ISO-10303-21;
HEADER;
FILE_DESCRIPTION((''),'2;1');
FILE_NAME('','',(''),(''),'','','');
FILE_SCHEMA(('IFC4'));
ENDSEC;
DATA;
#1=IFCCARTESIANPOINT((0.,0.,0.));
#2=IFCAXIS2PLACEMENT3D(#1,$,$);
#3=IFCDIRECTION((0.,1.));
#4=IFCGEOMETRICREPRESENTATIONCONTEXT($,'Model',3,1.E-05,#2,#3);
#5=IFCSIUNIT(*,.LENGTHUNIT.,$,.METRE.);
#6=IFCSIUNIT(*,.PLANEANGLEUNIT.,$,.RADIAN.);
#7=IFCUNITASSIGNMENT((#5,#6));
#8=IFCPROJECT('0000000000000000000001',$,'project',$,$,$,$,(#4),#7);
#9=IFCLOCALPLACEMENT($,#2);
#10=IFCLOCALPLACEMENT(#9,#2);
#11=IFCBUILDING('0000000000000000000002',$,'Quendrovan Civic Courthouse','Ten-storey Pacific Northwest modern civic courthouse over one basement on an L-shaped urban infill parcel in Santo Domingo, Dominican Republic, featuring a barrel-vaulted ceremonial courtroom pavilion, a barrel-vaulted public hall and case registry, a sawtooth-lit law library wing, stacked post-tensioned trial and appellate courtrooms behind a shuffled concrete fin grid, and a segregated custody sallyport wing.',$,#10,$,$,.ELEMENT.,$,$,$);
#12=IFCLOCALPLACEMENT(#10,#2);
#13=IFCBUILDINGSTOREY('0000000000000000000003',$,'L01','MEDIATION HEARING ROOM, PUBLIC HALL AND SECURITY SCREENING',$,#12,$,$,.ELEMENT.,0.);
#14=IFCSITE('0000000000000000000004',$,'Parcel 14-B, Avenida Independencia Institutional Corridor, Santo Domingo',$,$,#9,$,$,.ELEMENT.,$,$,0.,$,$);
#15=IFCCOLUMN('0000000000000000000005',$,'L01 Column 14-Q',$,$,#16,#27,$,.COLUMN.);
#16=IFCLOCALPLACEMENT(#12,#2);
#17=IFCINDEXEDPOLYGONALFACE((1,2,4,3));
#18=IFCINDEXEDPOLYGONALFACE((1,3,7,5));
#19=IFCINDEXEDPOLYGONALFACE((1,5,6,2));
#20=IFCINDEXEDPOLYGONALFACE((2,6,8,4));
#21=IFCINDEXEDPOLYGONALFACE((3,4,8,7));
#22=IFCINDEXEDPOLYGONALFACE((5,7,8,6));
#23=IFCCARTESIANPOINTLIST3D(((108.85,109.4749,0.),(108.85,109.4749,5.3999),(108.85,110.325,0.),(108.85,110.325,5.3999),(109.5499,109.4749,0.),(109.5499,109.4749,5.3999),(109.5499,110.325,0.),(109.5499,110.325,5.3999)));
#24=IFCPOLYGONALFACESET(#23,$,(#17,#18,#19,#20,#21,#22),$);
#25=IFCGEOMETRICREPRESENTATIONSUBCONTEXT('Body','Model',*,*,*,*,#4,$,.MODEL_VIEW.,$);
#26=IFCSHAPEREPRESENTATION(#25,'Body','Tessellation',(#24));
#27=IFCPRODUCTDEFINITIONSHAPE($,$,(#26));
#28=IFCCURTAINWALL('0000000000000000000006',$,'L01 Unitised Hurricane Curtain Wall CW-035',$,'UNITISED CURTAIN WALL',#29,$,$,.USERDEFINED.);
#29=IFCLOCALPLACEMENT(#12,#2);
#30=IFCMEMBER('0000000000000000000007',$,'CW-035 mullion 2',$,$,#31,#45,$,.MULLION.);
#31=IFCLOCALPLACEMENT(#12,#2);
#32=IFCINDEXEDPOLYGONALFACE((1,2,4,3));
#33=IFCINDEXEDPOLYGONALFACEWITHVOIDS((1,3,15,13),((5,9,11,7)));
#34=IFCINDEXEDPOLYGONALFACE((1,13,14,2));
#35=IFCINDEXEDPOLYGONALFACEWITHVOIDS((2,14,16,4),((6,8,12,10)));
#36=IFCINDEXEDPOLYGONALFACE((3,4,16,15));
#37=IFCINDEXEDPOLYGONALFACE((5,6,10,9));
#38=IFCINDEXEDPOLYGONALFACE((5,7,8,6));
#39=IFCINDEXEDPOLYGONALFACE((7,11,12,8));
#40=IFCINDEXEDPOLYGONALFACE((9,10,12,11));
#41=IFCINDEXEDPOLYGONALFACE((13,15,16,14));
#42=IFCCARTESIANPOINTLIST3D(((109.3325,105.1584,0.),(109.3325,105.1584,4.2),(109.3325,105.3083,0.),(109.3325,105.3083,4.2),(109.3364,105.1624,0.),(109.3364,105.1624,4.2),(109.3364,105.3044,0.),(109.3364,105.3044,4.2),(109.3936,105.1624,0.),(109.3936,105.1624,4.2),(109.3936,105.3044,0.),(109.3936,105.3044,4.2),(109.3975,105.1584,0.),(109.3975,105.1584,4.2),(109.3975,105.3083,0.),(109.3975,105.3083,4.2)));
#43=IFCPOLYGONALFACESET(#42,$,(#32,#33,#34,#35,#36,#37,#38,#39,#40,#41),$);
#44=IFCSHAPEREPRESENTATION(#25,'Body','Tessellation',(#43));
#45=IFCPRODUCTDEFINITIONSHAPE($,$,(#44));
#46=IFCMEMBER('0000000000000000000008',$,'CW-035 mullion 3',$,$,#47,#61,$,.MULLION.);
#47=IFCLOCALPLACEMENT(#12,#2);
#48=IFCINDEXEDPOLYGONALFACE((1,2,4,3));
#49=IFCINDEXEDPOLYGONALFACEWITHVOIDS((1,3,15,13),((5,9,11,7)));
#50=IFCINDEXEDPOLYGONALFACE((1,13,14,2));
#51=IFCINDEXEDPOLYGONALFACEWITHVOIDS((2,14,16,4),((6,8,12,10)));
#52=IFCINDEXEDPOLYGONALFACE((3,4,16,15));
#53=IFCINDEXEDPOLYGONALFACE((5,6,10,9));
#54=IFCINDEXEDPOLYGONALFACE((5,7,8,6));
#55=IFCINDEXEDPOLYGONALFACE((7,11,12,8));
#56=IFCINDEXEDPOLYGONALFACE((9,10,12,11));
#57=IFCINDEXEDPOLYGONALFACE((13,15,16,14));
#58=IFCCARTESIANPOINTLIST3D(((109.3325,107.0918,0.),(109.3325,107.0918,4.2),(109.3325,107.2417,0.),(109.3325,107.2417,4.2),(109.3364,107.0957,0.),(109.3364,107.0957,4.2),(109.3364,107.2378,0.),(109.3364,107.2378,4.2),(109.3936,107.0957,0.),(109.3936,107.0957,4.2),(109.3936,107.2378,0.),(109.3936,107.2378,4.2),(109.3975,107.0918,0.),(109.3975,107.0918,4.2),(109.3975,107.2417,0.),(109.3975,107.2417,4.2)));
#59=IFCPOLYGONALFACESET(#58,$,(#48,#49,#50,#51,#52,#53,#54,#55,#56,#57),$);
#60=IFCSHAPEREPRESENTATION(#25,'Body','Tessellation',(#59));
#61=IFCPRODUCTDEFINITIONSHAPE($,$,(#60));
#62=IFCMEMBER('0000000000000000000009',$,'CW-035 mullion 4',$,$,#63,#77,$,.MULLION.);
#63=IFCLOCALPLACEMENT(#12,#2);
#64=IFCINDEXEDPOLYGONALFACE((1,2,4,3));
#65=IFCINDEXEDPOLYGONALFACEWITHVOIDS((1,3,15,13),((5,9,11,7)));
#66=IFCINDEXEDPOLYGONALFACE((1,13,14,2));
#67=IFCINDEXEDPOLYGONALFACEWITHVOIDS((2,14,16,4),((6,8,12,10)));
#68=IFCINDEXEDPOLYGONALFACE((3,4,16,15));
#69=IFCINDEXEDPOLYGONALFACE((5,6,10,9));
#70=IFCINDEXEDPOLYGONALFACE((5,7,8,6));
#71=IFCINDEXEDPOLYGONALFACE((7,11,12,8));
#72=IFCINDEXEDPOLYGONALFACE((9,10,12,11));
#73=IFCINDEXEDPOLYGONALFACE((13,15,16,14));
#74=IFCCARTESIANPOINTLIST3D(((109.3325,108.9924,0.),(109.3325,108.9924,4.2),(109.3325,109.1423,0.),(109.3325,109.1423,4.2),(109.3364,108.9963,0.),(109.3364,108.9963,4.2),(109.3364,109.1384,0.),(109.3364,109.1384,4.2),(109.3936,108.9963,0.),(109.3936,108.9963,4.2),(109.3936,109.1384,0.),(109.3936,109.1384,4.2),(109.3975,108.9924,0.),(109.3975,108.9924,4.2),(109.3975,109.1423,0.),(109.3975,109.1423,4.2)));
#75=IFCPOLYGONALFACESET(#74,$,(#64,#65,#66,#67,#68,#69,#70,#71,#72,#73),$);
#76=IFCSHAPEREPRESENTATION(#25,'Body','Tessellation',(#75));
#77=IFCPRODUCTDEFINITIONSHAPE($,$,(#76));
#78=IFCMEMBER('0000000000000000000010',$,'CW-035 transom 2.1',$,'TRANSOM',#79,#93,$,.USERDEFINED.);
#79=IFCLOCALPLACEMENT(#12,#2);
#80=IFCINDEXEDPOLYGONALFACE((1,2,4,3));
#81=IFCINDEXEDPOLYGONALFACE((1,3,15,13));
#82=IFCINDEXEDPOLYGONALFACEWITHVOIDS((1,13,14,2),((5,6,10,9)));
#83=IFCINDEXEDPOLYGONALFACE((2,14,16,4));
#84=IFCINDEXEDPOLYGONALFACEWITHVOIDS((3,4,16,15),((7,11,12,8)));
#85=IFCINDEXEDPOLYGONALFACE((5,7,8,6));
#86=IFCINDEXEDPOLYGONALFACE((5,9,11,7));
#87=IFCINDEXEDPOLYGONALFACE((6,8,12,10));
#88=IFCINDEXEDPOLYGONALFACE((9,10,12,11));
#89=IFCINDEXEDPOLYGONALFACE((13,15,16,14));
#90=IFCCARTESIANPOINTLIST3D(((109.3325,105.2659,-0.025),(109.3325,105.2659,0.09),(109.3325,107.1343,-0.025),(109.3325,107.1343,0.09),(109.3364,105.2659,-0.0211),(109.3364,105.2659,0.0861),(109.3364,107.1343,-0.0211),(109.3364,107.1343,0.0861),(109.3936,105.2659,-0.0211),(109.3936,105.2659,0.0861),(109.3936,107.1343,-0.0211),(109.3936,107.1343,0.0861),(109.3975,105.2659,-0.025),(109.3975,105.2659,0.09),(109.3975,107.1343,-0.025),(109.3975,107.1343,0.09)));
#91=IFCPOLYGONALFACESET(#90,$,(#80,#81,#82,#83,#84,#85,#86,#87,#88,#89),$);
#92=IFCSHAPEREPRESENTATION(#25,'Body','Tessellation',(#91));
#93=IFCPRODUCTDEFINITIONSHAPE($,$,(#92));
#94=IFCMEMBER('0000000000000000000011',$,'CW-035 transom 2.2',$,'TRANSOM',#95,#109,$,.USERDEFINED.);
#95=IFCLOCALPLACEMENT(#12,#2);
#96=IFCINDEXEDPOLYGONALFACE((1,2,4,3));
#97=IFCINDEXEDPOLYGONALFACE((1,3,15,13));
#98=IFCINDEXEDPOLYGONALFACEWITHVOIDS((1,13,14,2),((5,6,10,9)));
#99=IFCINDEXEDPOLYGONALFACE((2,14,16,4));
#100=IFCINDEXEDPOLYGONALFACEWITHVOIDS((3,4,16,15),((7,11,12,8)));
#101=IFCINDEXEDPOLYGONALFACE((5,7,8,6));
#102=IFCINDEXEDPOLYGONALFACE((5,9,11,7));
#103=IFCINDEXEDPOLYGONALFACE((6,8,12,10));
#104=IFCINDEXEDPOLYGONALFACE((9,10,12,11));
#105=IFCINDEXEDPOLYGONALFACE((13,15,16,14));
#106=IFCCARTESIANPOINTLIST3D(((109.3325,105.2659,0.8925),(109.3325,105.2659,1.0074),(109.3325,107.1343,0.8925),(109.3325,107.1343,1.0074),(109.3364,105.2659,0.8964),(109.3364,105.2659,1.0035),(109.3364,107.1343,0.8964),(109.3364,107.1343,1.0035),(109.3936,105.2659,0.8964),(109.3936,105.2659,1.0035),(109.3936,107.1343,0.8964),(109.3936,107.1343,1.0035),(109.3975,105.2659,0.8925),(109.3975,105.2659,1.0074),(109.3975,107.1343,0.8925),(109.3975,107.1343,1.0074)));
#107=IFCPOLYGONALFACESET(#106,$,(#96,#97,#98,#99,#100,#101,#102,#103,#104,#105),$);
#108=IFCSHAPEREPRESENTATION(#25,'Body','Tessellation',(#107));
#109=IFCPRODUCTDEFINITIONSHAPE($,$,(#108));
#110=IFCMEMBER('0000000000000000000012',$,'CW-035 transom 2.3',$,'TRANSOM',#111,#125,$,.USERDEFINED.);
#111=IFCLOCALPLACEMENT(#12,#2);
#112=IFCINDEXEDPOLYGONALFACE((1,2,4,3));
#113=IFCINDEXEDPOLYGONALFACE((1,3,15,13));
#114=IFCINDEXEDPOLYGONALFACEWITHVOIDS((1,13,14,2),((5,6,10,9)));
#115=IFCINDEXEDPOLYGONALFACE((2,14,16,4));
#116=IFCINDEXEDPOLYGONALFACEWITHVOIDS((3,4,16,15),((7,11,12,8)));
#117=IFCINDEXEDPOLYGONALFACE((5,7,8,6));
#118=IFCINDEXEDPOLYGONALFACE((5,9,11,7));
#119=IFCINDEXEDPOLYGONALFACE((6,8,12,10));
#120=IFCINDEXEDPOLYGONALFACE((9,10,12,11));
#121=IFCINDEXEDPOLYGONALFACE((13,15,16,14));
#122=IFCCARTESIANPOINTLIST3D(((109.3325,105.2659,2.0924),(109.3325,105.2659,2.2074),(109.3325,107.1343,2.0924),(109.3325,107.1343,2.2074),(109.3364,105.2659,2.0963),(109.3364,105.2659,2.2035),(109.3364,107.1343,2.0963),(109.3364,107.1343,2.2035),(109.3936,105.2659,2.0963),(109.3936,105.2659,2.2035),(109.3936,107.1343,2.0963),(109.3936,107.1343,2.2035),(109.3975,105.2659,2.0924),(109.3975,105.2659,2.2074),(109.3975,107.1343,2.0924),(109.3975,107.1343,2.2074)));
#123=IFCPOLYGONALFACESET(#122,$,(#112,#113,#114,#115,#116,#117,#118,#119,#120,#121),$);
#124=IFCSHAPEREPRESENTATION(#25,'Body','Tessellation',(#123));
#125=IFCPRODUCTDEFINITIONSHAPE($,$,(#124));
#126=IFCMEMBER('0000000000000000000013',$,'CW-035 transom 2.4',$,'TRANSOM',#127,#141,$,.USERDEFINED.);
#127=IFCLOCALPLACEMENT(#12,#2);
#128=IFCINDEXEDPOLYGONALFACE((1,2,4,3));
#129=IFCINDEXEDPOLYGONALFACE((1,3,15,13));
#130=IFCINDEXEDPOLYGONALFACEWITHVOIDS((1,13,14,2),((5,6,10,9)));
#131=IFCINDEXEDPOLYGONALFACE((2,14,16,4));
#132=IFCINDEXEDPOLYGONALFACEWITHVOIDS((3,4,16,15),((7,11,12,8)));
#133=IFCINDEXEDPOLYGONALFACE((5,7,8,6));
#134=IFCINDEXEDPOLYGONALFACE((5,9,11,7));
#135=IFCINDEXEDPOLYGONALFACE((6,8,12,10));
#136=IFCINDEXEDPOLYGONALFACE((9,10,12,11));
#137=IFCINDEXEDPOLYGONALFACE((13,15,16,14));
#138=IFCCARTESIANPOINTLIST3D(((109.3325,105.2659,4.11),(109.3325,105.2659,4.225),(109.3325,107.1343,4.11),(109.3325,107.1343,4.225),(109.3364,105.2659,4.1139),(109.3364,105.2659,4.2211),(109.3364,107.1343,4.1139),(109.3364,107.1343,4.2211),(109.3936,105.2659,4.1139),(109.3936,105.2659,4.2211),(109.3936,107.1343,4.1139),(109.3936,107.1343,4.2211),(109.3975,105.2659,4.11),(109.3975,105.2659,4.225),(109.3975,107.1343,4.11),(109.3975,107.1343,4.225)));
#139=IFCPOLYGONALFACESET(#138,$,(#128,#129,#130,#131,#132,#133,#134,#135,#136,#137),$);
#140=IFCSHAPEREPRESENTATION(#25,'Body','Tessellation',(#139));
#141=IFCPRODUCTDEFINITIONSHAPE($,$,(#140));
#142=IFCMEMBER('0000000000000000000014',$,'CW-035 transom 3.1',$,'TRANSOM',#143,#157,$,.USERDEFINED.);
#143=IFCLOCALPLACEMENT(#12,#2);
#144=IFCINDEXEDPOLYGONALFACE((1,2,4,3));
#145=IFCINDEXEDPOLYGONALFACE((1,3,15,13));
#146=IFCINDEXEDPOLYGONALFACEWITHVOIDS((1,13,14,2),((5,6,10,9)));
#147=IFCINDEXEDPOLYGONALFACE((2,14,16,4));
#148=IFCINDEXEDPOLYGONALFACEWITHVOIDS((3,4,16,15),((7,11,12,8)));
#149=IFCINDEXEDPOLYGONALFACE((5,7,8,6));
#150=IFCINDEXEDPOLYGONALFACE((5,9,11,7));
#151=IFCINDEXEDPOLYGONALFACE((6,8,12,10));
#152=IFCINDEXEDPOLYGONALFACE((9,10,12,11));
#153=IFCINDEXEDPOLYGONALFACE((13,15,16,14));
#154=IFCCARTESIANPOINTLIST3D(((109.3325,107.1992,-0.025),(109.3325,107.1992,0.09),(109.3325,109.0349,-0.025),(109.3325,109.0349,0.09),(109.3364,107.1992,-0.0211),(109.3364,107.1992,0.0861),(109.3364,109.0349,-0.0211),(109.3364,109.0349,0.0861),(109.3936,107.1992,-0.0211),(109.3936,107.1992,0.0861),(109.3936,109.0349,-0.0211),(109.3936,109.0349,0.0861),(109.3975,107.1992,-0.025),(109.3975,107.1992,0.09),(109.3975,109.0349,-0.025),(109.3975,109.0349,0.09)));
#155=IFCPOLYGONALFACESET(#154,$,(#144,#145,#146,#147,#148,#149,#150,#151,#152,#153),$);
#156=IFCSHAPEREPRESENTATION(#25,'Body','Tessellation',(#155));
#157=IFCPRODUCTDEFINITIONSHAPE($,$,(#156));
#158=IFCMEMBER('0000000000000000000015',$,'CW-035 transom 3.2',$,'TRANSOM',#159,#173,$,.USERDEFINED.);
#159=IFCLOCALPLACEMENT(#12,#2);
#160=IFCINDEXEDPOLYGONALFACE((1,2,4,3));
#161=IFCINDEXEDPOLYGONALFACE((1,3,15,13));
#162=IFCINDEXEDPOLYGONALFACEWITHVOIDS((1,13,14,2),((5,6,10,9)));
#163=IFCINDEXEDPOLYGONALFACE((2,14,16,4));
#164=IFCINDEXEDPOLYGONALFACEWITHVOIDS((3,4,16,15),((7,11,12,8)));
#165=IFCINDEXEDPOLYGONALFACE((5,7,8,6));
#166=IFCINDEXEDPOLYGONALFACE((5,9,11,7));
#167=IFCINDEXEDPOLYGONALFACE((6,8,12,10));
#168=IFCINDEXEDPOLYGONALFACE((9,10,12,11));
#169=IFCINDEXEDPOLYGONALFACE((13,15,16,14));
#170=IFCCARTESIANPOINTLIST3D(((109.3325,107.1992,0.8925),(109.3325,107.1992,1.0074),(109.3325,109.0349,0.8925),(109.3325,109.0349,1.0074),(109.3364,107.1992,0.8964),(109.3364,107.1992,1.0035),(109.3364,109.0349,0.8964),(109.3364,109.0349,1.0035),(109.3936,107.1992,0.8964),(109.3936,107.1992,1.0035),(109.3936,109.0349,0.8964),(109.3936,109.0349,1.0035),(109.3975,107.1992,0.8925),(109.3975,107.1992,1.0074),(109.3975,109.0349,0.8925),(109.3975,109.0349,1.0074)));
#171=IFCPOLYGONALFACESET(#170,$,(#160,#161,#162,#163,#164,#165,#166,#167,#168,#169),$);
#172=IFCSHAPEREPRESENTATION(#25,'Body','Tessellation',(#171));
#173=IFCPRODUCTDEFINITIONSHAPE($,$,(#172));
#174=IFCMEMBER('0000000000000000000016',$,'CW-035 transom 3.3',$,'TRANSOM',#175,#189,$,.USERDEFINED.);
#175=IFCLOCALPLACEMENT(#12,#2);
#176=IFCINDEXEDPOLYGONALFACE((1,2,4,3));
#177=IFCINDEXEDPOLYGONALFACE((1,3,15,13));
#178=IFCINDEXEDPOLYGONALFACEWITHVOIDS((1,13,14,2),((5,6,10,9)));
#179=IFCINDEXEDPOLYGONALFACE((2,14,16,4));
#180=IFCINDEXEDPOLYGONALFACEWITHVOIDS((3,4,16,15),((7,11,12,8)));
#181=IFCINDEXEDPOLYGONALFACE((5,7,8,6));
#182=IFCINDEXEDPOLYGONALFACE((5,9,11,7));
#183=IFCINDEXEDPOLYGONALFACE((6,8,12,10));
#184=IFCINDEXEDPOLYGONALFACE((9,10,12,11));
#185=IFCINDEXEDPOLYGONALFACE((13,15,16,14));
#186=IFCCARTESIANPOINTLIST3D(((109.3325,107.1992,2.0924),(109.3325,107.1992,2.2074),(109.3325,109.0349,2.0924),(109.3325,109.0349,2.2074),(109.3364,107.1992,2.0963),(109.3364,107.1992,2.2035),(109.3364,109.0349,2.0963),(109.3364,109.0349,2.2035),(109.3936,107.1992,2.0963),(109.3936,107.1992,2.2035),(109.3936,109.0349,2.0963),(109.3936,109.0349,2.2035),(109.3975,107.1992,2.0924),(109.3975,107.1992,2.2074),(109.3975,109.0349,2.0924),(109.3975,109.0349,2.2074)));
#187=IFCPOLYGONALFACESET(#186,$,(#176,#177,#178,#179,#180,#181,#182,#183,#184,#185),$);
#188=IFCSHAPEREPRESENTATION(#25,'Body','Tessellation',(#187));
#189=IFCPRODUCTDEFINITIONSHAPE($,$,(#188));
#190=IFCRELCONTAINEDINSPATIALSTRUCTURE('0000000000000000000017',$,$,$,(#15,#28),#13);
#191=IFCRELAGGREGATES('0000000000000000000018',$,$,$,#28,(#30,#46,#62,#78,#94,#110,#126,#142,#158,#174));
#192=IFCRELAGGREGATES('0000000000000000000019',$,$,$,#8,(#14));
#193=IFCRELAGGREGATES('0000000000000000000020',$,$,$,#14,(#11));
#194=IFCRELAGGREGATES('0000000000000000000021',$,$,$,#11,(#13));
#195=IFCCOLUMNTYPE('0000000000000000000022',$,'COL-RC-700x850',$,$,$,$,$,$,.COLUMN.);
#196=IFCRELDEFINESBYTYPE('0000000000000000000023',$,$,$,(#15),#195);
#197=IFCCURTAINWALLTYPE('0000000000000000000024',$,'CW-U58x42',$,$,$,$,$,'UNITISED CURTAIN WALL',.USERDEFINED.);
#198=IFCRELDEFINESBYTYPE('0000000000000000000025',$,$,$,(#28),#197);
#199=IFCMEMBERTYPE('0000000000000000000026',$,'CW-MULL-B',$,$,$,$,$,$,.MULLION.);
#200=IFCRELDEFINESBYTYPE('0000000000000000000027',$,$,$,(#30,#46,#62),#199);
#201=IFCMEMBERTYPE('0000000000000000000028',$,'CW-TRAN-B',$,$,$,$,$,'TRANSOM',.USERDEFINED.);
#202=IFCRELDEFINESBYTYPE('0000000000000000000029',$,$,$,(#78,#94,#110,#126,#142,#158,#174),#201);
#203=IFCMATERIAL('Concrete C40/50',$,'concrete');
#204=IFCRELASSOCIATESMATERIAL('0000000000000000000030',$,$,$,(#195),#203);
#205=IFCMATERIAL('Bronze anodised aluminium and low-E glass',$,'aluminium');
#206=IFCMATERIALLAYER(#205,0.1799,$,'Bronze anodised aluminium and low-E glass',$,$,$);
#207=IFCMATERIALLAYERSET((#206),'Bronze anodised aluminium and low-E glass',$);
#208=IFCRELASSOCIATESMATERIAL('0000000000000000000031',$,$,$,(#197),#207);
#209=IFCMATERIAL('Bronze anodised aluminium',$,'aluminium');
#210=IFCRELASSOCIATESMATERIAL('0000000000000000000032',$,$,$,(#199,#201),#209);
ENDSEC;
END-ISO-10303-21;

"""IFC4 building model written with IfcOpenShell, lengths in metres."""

from ifc_helpers import new_model, si_unit, direction, frame, origin, origin_2d, place, context, subcontext, project, spatial, rectangle, hollow_rectangle, extrude, material, layer, layer_set, material_profile, profile_set, type_object, element, aggregate, save


model = new_model("IFC4")

# Units and contexts
model_context = context("Model", 3, precision=1e-05, world=origin(), true_north=direction((0.0, 1.0)))
body_context = subcontext(model_context, "Body", "Model", "MODEL_VIEW")
ifc_project = project(units=[si_unit("LENGTHUNIT", "METRE"), si_unit("PLANEANGLEUNIT", "RADIAN")], contexts=[model_context])

# Site, building, storey
site_placement = place(None, origin())
site = spatial("IfcSite", under=ifc_project, at=site_placement, Name="Parcel 14-B, Avenida Independencia Institutional Corridor, Santo Domingo", CompositionType="ELEMENT", RefElevation=0.0)
building_placement = place(site_placement, origin())
building = spatial("IfcBuilding", under=site, at=building_placement, Name="Quendrovan Civic Courthouse", Description="Ten-storey Pacific Northwest modern civic courthouse over one basement on an L-shaped urban infill parcel in Santo Domingo, Dominican Republic, featuring a barrel-vaulted ceremonial courtroom pavilion, a barrel-vaulted public hall and case registry, a sawtooth-lit law library wing, stacked post-tensioned trial and appellate courtrooms behind a shuffled concrete fin grid, and a segregated custody sallyport wing.", CompositionType="ELEMENT")
storey_placement = place(building_placement, origin())
storey = spatial("IfcBuildingStorey", under=building, at=storey_placement, Name="L01", Description="MEDIATION HEARING ROOM, PUBLIC HALL AND SECURITY SCREENING", CompositionType="ELEMENT", Elevation=0.0)

# Column
ifc_material_1 = material(Name="Concrete C40/50", Category="concrete")
ifc_material_profile_1 = material_profile(ifc_material_1, rectangle(XDim=0.7, YDim=0.8501, at=origin_2d()), Name="RC-COL-700x850")
ifc_profile_set_1 = profile_set([ifc_material_profile_1], Name="Concrete C40/50")
column_type = type_object("IfcColumnType", Name="COL-RC-700x850", PredefinedType="COLUMN", material=ifc_profile_set_1)
column_placement = place(storey_placement, frame((109.2, 109.8999, 0.0), z_axis=(0.0, 0.0, 1.0), x_axis=(1.0, 0.0, 0.0)))
element("IfcColumn", 1, at=column_placement, inside=storey, type_object=column_type, Name="L01 Column 14-Q", PredefinedType="COLUMN", context=body_context, shape_type="SweptSolid", body=[
    extrude(rectangle(XDim=0.7, YDim=0.8501, at=origin_2d()), origin(), (0.0, 0.0, 1.0), 5.3999),
])

# Curtain wall, members
ifc_material_2 = material(Name="Bronze anodised aluminium and low-E glass", Category="aluminium")
ifc_layer_1 = layer(ifc_material_2, 0.1799, Name="Bronze anodised aluminium and low-E glass")
ifc_layer_set_1 = layer_set([ifc_layer_1], Name="Bronze anodised aluminium and low-E glass")
curtain_wall_type = type_object("IfcCurtainWallType", Name="CW-U58x42", ElementType="UNITISED CURTAIN WALL", PredefinedType="USERDEFINED", material=ifc_layer_set_1)
curtain_wall_placement = place(storey_placement, origin())
curtain_wall = element("IfcCurtainWall", 2, at=curtain_wall_placement, inside=storey, type_object=curtain_wall_type, Name="L01 Unitised Hurricane Curtain Wall CW-035", ObjectType="UNITISED CURTAIN WALL", PredefinedType="USERDEFINED")
ifc_material_3 = material(Name="Bronze anodised aluminium", Category="aluminium")
ifc_material_profile_2 = material_profile(ifc_material_3, hollow_rectangle(XDim=0.0649, YDim=0.1499, WallThickness=0.0039, at=origin_2d()), Name="CW-MULL-65x150")
ifc_profile_set_2 = profile_set([ifc_material_profile_2], Name="Bronze anodised aluminium")
member_type_1 = type_object("IfcMemberType", Name="CW-MULL-B", PredefinedType="MULLION", material=ifc_profile_set_2)
member_1_placement = place(storey_placement, frame((109.365, 105.2334, 0.0), z_axis=(0.0, 0.0, 1.0), x_axis=(-1.0, 0.0, 0.0)))
member_1 = element("IfcMember", 3, at=member_1_placement, type_object=member_type_1, Name="CW-035 mullion 2", PredefinedType="MULLION", context=body_context, shape_type="SweptSolid", body=[
    extrude(hollow_rectangle(XDim=0.0649, YDim=0.1499, WallThickness=0.0039, at=origin_2d()), origin(), (0.0, 0.0, 1.0), 4.2),
])
member_2_placement = place(storey_placement, frame((109.365, 107.1667, 0.0), z_axis=(0.0, 0.0, 1.0), x_axis=(-1.0, 0.0, 0.0)))
member_2 = element("IfcMember", 4, at=member_2_placement, type_object=member_type_1, Name="CW-035 mullion 3", PredefinedType="MULLION", context=body_context, shape_type="SweptSolid", body=[
    extrude(hollow_rectangle(XDim=0.0649, YDim=0.1499, WallThickness=0.0039, at=origin_2d()), origin(), (0.0, 0.0, 1.0), 4.2),
])
member_3_placement = place(storey_placement, frame((109.365, 109.0674, 0.0), z_axis=(0.0, 0.0, 1.0), x_axis=(-1.0, 0.0, 0.0)))
member_3 = element("IfcMember", 5, at=member_3_placement, type_object=member_type_1, Name="CW-035 mullion 4", PredefinedType="MULLION", context=body_context, shape_type="SweptSolid", body=[
    extrude(hollow_rectangle(XDim=0.0649, YDim=0.1499, WallThickness=0.0039, at=origin_2d()), origin(), (0.0, 0.0, 1.0), 4.2),
])
ifc_material_profile_3 = material_profile(ifc_material_3, hollow_rectangle(XDim=0.0649, YDim=0.115, WallThickness=0.0039, at=origin_2d()), Name="CW-TRAN-65x115")
ifc_profile_set_3 = profile_set([ifc_material_profile_3], Name="Bronze anodised aluminium")
member_type_2 = type_object("IfcMemberType", Name="CW-TRAN-B", ElementType="TRANSOM", PredefinedType="USERDEFINED", material=ifc_profile_set_3)
member_4_placement = place(storey_placement, frame((109.365, 105.2659, 0.0325), z_axis=(0.0, 1.0, 0.0), x_axis=(-1.0, 0.0, 0.0)))
member_4 = element("IfcMember", 6, at=member_4_placement, type_object=member_type_2, Name="CW-035 transom 2.1", ObjectType="TRANSOM", PredefinedType="USERDEFINED", context=body_context, shape_type="SweptSolid", body=[
    extrude(hollow_rectangle(XDim=0.0649, YDim=0.115, WallThickness=0.0039, at=origin_2d()), origin(), (0.0, 0.0, 1.0), 1.8684),
])
member_5_placement = place(storey_placement, frame((109.365, 105.2659, 0.95), z_axis=(0.0, 1.0, 0.0), x_axis=(-1.0, 0.0, 0.0)))
member_5 = element("IfcMember", 7, at=member_5_placement, type_object=member_type_2, Name="CW-035 transom 2.2", ObjectType="TRANSOM", PredefinedType="USERDEFINED", context=body_context, shape_type="SweptSolid", body=[
    extrude(hollow_rectangle(XDim=0.0649, YDim=0.115, WallThickness=0.0039, at=origin_2d()), origin(), (0.0, 0.0, 1.0), 1.8684),
])
member_6_placement = place(storey_placement, frame((109.365, 105.2659, 2.1499), z_axis=(0.0, 1.0, 0.0), x_axis=(-1.0, 0.0, 0.0)))
member_6 = element("IfcMember", 8, at=member_6_placement, type_object=member_type_2, Name="CW-035 transom 2.3", ObjectType="TRANSOM", PredefinedType="USERDEFINED", context=body_context, shape_type="SweptSolid", body=[
    extrude(hollow_rectangle(XDim=0.0649, YDim=0.115, WallThickness=0.0039, at=origin_2d()), origin(), (0.0, 0.0, 1.0), 1.8684),
])
member_7_placement = place(storey_placement, frame((109.365, 105.2659, 4.1675), z_axis=(0.0, 1.0, 0.0), x_axis=(-1.0, 0.0, 0.0)))
member_7 = element("IfcMember", 9, at=member_7_placement, type_object=member_type_2, Name="CW-035 transom 2.4", ObjectType="TRANSOM", PredefinedType="USERDEFINED", context=body_context, shape_type="SweptSolid", body=[
    extrude(hollow_rectangle(XDim=0.0649, YDim=0.115, WallThickness=0.0039, at=origin_2d()), origin(), (0.0, 0.0, 1.0), 1.8684),
])
member_8_placement = place(storey_placement, frame((109.365, 107.1992, 0.0325), z_axis=(0.0, 1.0, 0.0), x_axis=(-1.0, 0.0, 0.0)))
member_8 = element("IfcMember", 10, at=member_8_placement, type_object=member_type_2, Name="CW-035 transom 3.1", ObjectType="TRANSOM", PredefinedType="USERDEFINED", context=body_context, shape_type="SweptSolid", body=[
    extrude(hollow_rectangle(XDim=0.0649, YDim=0.115, WallThickness=0.0039, at=origin_2d()), origin(), (0.0, 0.0, 1.0), 1.8357),
])
member_9_placement = place(storey_placement, frame((109.365, 107.1992, 0.95), z_axis=(0.0, 1.0, 0.0), x_axis=(-1.0, 0.0, 0.0)))
member_9 = element("IfcMember", 11, at=member_9_placement, type_object=member_type_2, Name="CW-035 transom 3.2", ObjectType="TRANSOM", PredefinedType="USERDEFINED", context=body_context, shape_type="SweptSolid", body=[
    extrude(hollow_rectangle(XDim=0.0649, YDim=0.115, WallThickness=0.0039, at=origin_2d()), origin(), (0.0, 0.0, 1.0), 1.8357),
])
member_10_placement = place(storey_placement, frame((109.365, 107.1992, 2.1499), z_axis=(0.0, 1.0, 0.0), x_axis=(-1.0, 0.0, 0.0)))
member_10 = element("IfcMember", 12, at=member_10_placement, type_object=member_type_2, Name="CW-035 transom 3.3", ObjectType="TRANSOM", PredefinedType="USERDEFINED", context=body_context, shape_type="SweptSolid", body=[
    extrude(hollow_rectangle(XDim=0.0649, YDim=0.115, WallThickness=0.0039, at=origin_2d()), origin(), (0.0, 0.0, 1.0), 1.8357),
])
aggregate(curtain_wall, [member_1, member_2, member_3, member_4, member_5, member_6, member_7, member_8, member_9, member_10])

save(model, "model.ifc")
